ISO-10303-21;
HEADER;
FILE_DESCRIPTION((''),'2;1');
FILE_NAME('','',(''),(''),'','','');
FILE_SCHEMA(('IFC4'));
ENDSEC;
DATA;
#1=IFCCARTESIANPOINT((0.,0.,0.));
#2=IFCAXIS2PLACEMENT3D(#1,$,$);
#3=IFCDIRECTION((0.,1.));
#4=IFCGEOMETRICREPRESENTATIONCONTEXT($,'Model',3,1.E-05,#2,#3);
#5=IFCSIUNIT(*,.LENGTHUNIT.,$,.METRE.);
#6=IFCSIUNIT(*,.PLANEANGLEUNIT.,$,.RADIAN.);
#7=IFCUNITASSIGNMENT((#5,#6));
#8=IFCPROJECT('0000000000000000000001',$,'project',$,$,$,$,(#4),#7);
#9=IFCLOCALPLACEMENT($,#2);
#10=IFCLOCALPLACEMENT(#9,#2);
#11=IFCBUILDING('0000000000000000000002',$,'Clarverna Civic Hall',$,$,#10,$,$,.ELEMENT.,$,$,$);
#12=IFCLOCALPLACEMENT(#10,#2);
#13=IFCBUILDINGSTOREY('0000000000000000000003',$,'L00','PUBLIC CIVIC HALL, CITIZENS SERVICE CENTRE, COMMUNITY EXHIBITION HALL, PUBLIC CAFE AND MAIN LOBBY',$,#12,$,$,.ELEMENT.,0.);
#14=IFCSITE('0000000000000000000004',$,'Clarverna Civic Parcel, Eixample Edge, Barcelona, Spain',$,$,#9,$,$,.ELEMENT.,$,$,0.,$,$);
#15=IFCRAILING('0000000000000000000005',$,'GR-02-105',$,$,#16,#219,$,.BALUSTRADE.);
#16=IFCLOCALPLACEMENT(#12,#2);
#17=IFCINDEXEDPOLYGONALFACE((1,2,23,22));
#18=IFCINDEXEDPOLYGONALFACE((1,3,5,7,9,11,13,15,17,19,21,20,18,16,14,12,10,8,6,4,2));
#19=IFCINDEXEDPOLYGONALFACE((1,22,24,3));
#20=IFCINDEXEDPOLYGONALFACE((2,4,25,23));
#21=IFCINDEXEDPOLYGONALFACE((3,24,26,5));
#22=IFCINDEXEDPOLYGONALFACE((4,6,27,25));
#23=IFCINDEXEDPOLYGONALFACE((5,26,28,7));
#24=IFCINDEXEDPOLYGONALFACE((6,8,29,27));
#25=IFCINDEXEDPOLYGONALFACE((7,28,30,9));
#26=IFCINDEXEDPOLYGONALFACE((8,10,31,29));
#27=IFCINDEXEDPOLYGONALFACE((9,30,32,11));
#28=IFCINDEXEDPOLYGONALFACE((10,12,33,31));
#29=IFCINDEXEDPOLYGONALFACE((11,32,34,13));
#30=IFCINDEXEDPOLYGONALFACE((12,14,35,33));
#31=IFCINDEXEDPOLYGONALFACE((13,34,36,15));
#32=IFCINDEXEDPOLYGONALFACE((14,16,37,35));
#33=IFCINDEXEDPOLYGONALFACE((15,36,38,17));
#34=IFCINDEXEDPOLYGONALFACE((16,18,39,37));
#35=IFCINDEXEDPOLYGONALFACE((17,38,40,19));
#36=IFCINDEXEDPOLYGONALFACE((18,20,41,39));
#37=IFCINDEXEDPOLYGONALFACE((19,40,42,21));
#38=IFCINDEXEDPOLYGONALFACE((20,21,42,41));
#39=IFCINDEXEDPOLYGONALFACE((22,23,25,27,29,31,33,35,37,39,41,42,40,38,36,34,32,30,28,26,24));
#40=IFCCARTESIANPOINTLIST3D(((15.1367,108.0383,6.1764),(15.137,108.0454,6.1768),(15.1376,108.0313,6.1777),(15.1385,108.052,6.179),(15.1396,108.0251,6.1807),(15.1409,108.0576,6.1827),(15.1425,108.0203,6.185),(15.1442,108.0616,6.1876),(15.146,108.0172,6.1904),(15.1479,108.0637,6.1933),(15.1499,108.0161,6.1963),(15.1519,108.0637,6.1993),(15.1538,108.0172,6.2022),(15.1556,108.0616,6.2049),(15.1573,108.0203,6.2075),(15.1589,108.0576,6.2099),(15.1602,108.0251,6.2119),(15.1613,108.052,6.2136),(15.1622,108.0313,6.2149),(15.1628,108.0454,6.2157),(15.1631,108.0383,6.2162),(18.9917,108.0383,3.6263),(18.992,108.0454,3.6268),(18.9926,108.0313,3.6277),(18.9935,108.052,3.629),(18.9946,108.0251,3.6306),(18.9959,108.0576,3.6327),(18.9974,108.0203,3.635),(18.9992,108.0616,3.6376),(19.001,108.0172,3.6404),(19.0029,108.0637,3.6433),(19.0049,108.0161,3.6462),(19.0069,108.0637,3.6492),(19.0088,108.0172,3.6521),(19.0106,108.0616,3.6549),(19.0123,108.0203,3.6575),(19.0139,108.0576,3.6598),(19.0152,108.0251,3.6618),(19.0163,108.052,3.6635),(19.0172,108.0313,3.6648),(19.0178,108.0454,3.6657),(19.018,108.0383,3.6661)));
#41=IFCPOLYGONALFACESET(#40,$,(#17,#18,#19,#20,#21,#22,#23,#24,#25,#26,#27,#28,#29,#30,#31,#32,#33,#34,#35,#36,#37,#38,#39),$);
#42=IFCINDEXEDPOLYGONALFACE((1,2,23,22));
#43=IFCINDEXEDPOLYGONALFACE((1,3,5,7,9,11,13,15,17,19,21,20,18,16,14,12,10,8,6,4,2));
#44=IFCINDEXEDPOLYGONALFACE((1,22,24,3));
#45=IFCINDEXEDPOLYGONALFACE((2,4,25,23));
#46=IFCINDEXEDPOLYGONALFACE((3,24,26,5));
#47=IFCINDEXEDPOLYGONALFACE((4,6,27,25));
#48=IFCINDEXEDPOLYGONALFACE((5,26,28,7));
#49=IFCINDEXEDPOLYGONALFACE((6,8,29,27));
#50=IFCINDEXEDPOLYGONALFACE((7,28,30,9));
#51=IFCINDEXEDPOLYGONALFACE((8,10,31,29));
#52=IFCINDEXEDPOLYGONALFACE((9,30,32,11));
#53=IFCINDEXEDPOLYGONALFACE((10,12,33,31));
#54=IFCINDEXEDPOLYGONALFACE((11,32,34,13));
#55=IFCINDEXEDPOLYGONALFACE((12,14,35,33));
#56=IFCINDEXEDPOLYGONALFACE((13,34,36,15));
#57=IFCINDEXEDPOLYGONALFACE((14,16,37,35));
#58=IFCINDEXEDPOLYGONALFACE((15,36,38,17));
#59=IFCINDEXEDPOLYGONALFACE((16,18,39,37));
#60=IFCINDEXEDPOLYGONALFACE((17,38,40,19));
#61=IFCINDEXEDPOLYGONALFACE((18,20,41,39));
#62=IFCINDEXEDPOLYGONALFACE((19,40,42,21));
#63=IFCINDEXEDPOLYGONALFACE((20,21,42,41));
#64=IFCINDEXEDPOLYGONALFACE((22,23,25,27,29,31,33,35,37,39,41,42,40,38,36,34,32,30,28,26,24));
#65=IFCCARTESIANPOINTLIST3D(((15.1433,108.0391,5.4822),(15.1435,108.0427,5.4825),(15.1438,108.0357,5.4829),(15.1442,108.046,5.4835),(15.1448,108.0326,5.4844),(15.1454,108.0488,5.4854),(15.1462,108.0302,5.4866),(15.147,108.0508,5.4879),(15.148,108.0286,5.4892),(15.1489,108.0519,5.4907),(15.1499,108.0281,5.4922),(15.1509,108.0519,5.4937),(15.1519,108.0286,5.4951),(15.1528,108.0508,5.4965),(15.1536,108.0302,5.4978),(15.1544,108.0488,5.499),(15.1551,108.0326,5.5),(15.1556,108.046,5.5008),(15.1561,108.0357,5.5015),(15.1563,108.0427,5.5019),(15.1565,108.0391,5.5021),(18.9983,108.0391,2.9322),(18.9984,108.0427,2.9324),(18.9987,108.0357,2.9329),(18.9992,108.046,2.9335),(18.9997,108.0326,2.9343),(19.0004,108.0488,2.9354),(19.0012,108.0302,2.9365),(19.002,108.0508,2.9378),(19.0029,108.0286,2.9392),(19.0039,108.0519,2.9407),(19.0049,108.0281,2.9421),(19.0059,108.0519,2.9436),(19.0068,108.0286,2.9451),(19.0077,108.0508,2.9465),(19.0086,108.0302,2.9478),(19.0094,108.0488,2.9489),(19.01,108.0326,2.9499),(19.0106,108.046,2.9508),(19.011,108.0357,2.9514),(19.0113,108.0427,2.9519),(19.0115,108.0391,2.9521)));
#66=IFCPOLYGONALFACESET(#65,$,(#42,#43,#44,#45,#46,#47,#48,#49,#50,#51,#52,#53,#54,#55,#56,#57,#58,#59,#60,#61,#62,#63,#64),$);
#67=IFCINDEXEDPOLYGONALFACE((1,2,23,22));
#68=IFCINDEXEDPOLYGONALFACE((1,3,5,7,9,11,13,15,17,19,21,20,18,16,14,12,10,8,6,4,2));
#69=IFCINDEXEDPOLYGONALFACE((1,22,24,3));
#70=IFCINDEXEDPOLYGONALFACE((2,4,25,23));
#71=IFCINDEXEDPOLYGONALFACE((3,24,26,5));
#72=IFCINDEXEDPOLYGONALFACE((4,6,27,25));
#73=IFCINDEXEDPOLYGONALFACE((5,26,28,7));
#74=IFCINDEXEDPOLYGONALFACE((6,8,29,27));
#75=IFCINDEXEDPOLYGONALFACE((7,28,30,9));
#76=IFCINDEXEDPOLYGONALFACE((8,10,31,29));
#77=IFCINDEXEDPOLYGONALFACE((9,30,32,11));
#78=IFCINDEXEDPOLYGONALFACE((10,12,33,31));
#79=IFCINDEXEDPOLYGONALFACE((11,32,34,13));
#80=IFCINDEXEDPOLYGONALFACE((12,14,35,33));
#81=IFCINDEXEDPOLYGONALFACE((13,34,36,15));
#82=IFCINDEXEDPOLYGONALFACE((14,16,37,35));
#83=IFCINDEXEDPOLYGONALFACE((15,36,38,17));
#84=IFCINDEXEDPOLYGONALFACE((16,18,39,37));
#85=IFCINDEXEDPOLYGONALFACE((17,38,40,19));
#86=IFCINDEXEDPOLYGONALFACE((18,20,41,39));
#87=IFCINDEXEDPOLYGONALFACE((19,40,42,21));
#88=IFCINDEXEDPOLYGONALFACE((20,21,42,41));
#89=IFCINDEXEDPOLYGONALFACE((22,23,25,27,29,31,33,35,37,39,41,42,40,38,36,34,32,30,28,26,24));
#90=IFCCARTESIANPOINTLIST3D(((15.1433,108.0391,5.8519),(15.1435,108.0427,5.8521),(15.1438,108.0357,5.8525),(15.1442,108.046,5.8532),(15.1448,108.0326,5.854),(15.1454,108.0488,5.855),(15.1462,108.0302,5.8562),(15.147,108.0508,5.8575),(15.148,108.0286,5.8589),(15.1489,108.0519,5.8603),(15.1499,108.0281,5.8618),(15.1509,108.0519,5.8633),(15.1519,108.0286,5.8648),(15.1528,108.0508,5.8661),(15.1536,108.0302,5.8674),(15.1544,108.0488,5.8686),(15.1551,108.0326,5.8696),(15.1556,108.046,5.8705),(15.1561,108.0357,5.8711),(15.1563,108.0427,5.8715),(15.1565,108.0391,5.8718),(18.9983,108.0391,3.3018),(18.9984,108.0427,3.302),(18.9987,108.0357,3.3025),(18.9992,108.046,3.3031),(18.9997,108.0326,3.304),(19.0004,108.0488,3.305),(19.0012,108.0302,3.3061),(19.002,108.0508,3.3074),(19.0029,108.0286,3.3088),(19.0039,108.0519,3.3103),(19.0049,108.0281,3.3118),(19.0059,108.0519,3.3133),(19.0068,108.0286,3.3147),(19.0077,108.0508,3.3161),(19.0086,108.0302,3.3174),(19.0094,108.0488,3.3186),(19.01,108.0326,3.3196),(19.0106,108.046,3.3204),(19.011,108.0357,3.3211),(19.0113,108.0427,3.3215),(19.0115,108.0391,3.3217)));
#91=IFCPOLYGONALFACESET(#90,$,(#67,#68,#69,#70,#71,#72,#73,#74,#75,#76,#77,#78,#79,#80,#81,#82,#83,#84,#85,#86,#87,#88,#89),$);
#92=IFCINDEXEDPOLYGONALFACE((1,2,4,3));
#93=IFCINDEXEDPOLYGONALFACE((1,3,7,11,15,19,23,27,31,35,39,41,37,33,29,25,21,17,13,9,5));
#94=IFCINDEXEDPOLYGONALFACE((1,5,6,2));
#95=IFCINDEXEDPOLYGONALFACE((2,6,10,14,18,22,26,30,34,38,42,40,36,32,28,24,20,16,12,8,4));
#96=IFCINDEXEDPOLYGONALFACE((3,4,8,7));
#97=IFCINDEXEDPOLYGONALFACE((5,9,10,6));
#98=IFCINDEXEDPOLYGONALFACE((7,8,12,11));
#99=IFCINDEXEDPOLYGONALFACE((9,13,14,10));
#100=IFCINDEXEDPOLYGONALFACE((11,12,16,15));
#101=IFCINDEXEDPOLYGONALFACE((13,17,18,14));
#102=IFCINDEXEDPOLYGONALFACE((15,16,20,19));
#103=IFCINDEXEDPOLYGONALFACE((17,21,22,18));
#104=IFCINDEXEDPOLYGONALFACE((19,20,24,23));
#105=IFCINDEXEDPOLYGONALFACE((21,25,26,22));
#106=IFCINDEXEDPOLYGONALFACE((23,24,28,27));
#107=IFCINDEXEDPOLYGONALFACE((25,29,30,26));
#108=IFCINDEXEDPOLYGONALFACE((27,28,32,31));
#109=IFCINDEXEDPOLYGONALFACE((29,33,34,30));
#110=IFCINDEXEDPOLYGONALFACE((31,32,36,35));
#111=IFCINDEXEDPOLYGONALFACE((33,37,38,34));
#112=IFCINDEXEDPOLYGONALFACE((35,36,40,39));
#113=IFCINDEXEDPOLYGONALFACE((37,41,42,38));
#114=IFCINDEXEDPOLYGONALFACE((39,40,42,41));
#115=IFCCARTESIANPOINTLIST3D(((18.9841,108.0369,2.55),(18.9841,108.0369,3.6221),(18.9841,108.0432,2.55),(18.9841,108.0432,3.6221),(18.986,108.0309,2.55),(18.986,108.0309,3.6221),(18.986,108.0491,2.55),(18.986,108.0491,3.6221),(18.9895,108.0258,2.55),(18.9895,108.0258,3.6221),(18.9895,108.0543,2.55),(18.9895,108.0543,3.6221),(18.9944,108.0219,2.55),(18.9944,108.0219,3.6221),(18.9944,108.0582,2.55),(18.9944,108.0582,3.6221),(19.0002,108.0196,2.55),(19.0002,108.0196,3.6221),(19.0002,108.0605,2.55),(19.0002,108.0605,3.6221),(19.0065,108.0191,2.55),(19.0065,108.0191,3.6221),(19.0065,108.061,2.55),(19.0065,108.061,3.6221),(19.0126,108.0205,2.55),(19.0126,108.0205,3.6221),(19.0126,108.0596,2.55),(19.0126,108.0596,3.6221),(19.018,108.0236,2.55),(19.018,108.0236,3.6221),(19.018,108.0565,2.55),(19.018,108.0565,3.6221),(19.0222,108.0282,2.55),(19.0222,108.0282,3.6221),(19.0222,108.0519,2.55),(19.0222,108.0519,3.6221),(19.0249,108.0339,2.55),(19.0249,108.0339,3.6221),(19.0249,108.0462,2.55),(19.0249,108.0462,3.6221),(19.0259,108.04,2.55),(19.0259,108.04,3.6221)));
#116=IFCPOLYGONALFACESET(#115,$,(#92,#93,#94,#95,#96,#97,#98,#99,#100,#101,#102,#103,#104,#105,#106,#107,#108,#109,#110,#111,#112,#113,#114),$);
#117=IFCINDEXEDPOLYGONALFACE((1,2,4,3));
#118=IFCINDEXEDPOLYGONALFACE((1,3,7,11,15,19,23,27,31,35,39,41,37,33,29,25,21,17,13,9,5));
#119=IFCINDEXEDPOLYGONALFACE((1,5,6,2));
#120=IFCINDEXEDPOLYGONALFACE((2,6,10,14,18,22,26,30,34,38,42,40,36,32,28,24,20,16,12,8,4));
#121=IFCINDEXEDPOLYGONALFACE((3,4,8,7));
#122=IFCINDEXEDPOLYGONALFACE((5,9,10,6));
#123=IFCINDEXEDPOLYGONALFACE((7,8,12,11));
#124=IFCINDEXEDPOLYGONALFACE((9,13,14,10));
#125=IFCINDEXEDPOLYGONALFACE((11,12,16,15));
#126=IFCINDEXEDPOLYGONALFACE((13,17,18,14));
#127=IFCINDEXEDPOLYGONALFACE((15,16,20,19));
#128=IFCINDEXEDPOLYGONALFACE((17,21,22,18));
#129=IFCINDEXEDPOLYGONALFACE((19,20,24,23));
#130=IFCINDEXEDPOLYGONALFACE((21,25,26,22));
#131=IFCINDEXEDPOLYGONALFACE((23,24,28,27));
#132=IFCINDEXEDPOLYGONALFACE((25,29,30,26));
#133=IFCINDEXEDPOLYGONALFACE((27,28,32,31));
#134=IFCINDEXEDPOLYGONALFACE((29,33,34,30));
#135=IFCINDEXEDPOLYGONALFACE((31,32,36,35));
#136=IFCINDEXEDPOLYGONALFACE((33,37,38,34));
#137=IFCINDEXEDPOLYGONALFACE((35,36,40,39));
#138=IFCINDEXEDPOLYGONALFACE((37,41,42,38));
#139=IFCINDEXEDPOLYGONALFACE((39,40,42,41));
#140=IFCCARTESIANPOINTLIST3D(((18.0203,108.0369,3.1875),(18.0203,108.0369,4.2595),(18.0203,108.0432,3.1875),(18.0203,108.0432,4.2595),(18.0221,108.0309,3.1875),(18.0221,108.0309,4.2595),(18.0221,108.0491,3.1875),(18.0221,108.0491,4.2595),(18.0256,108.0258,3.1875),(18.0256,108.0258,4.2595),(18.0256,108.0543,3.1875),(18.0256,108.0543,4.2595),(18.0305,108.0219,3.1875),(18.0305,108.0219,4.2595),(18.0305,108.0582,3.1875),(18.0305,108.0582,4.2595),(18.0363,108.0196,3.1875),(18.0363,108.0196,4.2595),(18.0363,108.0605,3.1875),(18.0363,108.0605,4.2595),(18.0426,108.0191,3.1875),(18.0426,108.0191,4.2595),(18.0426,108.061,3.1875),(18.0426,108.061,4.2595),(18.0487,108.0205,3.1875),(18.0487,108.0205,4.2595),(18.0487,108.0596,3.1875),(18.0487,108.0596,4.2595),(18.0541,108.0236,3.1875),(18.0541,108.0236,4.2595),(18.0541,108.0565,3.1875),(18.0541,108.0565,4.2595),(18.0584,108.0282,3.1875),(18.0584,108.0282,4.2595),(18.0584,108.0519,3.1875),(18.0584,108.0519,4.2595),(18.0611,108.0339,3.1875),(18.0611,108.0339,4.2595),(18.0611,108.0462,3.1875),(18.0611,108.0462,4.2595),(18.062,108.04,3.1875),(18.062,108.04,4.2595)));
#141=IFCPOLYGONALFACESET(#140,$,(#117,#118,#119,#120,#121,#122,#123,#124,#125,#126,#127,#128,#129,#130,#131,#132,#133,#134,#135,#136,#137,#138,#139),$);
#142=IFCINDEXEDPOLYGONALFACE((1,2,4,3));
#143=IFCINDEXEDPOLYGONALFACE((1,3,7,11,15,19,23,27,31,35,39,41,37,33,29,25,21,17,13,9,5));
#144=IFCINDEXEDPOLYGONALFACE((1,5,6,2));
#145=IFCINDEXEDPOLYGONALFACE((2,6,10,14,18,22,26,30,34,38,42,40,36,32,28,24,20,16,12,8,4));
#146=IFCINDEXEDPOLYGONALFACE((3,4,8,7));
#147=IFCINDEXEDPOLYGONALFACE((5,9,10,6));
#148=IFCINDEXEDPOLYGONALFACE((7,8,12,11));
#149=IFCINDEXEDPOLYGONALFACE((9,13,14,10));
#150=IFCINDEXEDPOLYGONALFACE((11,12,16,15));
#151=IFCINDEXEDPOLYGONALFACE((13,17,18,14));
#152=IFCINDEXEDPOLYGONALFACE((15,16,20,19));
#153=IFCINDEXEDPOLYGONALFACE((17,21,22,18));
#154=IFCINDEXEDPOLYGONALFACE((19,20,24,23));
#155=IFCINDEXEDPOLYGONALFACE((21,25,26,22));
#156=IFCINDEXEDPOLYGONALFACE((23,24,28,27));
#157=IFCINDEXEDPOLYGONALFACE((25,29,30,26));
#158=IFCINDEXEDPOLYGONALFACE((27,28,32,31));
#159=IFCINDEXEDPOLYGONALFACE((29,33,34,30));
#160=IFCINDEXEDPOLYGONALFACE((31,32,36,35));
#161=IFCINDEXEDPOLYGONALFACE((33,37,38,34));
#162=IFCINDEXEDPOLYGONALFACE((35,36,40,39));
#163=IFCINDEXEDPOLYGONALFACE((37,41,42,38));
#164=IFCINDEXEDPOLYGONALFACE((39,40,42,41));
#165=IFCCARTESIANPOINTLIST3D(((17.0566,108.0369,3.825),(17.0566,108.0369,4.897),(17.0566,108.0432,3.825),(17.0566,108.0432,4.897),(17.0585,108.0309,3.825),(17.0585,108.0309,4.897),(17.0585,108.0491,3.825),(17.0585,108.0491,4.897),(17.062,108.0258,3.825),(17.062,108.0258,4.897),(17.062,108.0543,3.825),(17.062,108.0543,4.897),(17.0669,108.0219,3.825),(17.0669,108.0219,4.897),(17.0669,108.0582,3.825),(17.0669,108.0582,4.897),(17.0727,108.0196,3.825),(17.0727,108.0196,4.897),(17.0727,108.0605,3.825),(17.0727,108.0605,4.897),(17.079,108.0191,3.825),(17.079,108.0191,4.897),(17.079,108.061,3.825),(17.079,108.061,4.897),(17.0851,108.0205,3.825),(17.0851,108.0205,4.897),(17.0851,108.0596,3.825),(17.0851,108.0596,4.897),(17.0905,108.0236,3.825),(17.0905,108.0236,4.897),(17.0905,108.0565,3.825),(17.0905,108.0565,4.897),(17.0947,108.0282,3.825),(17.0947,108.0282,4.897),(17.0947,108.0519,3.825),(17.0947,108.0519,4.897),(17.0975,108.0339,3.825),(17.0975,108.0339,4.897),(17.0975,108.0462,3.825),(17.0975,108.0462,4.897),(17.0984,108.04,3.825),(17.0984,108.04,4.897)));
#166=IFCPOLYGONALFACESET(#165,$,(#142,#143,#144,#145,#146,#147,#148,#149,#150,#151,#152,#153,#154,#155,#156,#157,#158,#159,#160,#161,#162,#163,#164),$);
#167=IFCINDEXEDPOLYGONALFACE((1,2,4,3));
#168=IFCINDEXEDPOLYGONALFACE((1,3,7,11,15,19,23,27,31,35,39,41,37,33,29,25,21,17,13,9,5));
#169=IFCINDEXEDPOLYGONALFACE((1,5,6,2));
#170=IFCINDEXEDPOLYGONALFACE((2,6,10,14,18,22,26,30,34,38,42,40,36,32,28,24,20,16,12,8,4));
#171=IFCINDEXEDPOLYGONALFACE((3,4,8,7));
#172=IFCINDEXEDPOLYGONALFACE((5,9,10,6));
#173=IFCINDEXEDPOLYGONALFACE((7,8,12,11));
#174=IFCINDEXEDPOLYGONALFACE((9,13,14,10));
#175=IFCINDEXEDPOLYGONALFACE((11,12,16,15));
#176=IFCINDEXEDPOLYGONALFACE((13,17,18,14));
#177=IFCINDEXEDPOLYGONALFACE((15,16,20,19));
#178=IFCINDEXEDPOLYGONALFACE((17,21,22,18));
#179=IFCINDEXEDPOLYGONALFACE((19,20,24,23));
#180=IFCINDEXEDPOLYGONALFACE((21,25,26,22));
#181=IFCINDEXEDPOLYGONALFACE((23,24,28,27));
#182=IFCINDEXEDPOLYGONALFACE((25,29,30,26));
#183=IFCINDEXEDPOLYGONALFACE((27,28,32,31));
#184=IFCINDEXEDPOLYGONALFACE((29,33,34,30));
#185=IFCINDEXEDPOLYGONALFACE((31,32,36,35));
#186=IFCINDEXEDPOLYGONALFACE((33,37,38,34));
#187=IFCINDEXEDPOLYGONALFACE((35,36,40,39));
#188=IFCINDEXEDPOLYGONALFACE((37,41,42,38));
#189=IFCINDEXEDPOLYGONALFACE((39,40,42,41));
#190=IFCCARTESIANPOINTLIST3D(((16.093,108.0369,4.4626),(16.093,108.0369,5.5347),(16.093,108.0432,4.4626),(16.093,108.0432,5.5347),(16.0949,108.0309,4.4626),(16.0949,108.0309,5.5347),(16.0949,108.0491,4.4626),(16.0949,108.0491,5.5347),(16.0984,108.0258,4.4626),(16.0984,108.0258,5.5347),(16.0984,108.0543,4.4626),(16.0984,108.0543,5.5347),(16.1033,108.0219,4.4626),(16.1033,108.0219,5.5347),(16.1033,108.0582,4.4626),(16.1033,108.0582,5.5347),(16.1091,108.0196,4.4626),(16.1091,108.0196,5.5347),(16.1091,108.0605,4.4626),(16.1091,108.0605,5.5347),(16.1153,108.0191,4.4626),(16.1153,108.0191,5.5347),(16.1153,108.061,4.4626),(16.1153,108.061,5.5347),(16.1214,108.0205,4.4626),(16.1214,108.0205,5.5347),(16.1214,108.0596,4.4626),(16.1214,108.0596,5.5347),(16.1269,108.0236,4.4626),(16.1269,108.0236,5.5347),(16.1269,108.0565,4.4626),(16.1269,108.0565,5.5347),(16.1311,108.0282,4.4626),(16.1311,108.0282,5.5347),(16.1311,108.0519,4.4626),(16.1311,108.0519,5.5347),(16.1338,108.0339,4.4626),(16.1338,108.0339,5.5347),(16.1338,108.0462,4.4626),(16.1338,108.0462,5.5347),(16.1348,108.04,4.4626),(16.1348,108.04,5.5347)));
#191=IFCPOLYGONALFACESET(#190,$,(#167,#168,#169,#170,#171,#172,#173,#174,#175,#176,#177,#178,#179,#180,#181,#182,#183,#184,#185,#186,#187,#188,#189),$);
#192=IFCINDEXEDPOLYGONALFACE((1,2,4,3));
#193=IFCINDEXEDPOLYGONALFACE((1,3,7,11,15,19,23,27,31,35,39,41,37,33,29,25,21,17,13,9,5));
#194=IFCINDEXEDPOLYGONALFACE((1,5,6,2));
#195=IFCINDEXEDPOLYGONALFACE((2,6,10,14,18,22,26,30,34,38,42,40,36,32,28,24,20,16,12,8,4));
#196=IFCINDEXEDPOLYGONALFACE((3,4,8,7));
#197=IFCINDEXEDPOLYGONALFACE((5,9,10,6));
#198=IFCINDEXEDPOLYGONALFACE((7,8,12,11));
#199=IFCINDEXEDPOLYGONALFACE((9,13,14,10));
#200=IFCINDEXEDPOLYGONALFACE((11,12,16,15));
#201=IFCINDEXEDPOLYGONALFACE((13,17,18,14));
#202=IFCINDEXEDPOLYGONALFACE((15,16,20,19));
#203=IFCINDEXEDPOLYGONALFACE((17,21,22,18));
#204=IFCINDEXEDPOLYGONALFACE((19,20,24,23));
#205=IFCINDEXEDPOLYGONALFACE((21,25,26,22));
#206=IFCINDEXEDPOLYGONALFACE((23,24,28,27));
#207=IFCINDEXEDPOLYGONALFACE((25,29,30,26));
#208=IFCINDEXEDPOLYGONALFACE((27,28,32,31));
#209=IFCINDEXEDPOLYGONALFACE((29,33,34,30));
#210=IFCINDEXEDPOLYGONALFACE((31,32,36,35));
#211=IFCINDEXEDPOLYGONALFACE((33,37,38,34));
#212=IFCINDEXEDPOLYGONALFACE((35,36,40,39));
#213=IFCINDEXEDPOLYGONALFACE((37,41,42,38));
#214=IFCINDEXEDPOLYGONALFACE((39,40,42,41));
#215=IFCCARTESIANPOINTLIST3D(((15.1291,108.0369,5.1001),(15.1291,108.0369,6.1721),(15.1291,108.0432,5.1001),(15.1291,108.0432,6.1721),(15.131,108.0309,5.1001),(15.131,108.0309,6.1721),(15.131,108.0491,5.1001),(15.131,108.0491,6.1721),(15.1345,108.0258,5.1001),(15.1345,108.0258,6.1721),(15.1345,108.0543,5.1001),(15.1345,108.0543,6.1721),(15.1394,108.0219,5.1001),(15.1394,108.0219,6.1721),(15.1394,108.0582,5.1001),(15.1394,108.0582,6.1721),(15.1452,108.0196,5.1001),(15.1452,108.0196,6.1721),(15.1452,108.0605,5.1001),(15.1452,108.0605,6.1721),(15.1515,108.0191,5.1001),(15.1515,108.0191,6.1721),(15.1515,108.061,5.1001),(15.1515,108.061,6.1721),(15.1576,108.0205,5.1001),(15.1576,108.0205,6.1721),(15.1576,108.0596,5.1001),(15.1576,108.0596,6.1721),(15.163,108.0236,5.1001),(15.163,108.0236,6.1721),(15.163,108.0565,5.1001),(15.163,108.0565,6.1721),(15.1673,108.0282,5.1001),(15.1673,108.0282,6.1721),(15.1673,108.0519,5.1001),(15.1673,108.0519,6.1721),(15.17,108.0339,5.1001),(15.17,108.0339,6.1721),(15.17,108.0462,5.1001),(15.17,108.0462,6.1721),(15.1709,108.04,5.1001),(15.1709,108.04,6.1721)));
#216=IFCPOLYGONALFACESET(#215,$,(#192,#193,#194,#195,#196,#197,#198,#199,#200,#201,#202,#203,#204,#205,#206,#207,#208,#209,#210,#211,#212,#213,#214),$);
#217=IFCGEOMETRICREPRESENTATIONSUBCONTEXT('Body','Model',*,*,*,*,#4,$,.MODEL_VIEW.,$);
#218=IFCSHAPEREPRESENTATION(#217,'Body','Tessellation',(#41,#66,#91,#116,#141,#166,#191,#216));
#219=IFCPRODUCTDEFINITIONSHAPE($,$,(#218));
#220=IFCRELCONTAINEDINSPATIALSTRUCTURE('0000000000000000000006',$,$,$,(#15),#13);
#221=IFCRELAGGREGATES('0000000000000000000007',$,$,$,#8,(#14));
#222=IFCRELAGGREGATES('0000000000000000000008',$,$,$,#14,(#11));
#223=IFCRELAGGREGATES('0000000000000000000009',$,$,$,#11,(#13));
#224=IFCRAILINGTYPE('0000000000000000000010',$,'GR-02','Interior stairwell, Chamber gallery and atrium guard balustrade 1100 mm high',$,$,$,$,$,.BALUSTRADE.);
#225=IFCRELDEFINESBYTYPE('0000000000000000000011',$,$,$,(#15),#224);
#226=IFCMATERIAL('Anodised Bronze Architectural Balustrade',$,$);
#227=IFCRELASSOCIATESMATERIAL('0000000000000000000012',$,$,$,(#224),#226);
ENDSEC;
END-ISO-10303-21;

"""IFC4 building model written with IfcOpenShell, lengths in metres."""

from ifc_helpers import new_model, si_unit, direction, frame, origin, origin_2d, place, context, subcontext, project, spatial, circle, extrude, material, type_object, element, save


model = new_model("IFC4")

# Units and contexts
model_context = context("Model", 3, precision=1e-05, world=origin(), true_north=direction((0.0, 1.0)))
body_context = subcontext(model_context, "Body", "Model", "MODEL_VIEW")
ifc_project = project(units=[si_unit("LENGTHUNIT", "METRE"), si_unit("PLANEANGLEUNIT", "RADIAN")], contexts=[model_context])

# Site, building, storey
site_placement = place(None, origin())
site = spatial("IfcSite", under=ifc_project, at=site_placement, Name="Clarverna Civic Parcel, Eixample Edge, Barcelona, Spain", CompositionType="ELEMENT", RefElevation=0.0)
building_placement = place(site_placement, origin())
building = spatial("IfcBuilding", under=site, at=building_placement, Name="Clarverna Civic Hall", CompositionType="ELEMENT")
storey_placement = place(building_placement, origin())
storey = spatial("IfcBuildingStorey", under=building, at=storey_placement, Name="L00", Description="PUBLIC CIVIC HALL, CITIZENS SERVICE CENTRE, COMMUNITY EXHIBITION HALL, PUBLIC CAFE AND MAIN LOBBY", CompositionType="ELEMENT", Elevation=0.0)

# Railing
ifc_material_1 = material(Name="Anodised Bronze Architectural Balustrade")
railing_type_1 = type_object("IfcRailingType", Name="GR-02", Description="Interior stairwell, Chamber gallery and atrium guard balustrade 1100 mm high", PredefinedType="BALUSTRADE", material=ifc_material_1)
railing_1_placement = place(storey_placement, frame((19.0049, 108.04, 2.55)))
element("IfcRailing", 1, at=railing_1_placement, inside=storey, type_object=railing_type_1, Name="GR-02-105", PredefinedType="BALUSTRADE", context=body_context, shape_type="SweptSolid", body=[
    extrude(circle(Radius=0.0239, at=origin_2d()), frame((0.0, 0.0, 1.0962), z_axis=(-0.834036, 0.0, 0.55171), x_axis=(0.0, -1.0, 0.0)), (0.0, 0.0, 1.0), 4.6221),
    extrude(circle(Radius=0.012, at=origin_2d()), frame((0.0, 0.0, 0.3921), z_axis=(-0.834036, 0.0, 0.55171), x_axis=(0.0, -1.0, 0.0)), (0.0, 0.0, 1.0), 4.6221),
    extrude(circle(Radius=0.012, at=origin_2d()), frame((0.0, 0.0, 0.7617), z_axis=(-0.834036, 0.0, 0.55171), x_axis=(0.0, -1.0, 0.0)), (0.0, 0.0, 1.0), 4.6221),
    extrude(circle(Radius=0.021, at=origin_2d()), origin(), (0.0, 0.0, 1.0), 1.072),
    extrude(circle(Radius=0.021, at=origin_2d()), frame((-0.9639, 0.0, 0.6375)), (0.0, 0.0, 1.0), 1.072),
    extrude(circle(Radius=0.021, at=origin_2d()), frame((-1.9275, 0.0, 1.2749)), (0.0, 0.0, 1.0), 1.072),
    extrude(circle(Radius=0.021, at=origin_2d()), frame((-2.8911, 0.0, 1.9126)), (0.0, 0.0, 1.0), 1.072),
    extrude(circle(Radius=0.021, at=origin_2d()), frame((-3.855, 0.0, 2.55)), (0.0, 0.0, 1.0), 1.072),
])

save(model, "model.ifc")
